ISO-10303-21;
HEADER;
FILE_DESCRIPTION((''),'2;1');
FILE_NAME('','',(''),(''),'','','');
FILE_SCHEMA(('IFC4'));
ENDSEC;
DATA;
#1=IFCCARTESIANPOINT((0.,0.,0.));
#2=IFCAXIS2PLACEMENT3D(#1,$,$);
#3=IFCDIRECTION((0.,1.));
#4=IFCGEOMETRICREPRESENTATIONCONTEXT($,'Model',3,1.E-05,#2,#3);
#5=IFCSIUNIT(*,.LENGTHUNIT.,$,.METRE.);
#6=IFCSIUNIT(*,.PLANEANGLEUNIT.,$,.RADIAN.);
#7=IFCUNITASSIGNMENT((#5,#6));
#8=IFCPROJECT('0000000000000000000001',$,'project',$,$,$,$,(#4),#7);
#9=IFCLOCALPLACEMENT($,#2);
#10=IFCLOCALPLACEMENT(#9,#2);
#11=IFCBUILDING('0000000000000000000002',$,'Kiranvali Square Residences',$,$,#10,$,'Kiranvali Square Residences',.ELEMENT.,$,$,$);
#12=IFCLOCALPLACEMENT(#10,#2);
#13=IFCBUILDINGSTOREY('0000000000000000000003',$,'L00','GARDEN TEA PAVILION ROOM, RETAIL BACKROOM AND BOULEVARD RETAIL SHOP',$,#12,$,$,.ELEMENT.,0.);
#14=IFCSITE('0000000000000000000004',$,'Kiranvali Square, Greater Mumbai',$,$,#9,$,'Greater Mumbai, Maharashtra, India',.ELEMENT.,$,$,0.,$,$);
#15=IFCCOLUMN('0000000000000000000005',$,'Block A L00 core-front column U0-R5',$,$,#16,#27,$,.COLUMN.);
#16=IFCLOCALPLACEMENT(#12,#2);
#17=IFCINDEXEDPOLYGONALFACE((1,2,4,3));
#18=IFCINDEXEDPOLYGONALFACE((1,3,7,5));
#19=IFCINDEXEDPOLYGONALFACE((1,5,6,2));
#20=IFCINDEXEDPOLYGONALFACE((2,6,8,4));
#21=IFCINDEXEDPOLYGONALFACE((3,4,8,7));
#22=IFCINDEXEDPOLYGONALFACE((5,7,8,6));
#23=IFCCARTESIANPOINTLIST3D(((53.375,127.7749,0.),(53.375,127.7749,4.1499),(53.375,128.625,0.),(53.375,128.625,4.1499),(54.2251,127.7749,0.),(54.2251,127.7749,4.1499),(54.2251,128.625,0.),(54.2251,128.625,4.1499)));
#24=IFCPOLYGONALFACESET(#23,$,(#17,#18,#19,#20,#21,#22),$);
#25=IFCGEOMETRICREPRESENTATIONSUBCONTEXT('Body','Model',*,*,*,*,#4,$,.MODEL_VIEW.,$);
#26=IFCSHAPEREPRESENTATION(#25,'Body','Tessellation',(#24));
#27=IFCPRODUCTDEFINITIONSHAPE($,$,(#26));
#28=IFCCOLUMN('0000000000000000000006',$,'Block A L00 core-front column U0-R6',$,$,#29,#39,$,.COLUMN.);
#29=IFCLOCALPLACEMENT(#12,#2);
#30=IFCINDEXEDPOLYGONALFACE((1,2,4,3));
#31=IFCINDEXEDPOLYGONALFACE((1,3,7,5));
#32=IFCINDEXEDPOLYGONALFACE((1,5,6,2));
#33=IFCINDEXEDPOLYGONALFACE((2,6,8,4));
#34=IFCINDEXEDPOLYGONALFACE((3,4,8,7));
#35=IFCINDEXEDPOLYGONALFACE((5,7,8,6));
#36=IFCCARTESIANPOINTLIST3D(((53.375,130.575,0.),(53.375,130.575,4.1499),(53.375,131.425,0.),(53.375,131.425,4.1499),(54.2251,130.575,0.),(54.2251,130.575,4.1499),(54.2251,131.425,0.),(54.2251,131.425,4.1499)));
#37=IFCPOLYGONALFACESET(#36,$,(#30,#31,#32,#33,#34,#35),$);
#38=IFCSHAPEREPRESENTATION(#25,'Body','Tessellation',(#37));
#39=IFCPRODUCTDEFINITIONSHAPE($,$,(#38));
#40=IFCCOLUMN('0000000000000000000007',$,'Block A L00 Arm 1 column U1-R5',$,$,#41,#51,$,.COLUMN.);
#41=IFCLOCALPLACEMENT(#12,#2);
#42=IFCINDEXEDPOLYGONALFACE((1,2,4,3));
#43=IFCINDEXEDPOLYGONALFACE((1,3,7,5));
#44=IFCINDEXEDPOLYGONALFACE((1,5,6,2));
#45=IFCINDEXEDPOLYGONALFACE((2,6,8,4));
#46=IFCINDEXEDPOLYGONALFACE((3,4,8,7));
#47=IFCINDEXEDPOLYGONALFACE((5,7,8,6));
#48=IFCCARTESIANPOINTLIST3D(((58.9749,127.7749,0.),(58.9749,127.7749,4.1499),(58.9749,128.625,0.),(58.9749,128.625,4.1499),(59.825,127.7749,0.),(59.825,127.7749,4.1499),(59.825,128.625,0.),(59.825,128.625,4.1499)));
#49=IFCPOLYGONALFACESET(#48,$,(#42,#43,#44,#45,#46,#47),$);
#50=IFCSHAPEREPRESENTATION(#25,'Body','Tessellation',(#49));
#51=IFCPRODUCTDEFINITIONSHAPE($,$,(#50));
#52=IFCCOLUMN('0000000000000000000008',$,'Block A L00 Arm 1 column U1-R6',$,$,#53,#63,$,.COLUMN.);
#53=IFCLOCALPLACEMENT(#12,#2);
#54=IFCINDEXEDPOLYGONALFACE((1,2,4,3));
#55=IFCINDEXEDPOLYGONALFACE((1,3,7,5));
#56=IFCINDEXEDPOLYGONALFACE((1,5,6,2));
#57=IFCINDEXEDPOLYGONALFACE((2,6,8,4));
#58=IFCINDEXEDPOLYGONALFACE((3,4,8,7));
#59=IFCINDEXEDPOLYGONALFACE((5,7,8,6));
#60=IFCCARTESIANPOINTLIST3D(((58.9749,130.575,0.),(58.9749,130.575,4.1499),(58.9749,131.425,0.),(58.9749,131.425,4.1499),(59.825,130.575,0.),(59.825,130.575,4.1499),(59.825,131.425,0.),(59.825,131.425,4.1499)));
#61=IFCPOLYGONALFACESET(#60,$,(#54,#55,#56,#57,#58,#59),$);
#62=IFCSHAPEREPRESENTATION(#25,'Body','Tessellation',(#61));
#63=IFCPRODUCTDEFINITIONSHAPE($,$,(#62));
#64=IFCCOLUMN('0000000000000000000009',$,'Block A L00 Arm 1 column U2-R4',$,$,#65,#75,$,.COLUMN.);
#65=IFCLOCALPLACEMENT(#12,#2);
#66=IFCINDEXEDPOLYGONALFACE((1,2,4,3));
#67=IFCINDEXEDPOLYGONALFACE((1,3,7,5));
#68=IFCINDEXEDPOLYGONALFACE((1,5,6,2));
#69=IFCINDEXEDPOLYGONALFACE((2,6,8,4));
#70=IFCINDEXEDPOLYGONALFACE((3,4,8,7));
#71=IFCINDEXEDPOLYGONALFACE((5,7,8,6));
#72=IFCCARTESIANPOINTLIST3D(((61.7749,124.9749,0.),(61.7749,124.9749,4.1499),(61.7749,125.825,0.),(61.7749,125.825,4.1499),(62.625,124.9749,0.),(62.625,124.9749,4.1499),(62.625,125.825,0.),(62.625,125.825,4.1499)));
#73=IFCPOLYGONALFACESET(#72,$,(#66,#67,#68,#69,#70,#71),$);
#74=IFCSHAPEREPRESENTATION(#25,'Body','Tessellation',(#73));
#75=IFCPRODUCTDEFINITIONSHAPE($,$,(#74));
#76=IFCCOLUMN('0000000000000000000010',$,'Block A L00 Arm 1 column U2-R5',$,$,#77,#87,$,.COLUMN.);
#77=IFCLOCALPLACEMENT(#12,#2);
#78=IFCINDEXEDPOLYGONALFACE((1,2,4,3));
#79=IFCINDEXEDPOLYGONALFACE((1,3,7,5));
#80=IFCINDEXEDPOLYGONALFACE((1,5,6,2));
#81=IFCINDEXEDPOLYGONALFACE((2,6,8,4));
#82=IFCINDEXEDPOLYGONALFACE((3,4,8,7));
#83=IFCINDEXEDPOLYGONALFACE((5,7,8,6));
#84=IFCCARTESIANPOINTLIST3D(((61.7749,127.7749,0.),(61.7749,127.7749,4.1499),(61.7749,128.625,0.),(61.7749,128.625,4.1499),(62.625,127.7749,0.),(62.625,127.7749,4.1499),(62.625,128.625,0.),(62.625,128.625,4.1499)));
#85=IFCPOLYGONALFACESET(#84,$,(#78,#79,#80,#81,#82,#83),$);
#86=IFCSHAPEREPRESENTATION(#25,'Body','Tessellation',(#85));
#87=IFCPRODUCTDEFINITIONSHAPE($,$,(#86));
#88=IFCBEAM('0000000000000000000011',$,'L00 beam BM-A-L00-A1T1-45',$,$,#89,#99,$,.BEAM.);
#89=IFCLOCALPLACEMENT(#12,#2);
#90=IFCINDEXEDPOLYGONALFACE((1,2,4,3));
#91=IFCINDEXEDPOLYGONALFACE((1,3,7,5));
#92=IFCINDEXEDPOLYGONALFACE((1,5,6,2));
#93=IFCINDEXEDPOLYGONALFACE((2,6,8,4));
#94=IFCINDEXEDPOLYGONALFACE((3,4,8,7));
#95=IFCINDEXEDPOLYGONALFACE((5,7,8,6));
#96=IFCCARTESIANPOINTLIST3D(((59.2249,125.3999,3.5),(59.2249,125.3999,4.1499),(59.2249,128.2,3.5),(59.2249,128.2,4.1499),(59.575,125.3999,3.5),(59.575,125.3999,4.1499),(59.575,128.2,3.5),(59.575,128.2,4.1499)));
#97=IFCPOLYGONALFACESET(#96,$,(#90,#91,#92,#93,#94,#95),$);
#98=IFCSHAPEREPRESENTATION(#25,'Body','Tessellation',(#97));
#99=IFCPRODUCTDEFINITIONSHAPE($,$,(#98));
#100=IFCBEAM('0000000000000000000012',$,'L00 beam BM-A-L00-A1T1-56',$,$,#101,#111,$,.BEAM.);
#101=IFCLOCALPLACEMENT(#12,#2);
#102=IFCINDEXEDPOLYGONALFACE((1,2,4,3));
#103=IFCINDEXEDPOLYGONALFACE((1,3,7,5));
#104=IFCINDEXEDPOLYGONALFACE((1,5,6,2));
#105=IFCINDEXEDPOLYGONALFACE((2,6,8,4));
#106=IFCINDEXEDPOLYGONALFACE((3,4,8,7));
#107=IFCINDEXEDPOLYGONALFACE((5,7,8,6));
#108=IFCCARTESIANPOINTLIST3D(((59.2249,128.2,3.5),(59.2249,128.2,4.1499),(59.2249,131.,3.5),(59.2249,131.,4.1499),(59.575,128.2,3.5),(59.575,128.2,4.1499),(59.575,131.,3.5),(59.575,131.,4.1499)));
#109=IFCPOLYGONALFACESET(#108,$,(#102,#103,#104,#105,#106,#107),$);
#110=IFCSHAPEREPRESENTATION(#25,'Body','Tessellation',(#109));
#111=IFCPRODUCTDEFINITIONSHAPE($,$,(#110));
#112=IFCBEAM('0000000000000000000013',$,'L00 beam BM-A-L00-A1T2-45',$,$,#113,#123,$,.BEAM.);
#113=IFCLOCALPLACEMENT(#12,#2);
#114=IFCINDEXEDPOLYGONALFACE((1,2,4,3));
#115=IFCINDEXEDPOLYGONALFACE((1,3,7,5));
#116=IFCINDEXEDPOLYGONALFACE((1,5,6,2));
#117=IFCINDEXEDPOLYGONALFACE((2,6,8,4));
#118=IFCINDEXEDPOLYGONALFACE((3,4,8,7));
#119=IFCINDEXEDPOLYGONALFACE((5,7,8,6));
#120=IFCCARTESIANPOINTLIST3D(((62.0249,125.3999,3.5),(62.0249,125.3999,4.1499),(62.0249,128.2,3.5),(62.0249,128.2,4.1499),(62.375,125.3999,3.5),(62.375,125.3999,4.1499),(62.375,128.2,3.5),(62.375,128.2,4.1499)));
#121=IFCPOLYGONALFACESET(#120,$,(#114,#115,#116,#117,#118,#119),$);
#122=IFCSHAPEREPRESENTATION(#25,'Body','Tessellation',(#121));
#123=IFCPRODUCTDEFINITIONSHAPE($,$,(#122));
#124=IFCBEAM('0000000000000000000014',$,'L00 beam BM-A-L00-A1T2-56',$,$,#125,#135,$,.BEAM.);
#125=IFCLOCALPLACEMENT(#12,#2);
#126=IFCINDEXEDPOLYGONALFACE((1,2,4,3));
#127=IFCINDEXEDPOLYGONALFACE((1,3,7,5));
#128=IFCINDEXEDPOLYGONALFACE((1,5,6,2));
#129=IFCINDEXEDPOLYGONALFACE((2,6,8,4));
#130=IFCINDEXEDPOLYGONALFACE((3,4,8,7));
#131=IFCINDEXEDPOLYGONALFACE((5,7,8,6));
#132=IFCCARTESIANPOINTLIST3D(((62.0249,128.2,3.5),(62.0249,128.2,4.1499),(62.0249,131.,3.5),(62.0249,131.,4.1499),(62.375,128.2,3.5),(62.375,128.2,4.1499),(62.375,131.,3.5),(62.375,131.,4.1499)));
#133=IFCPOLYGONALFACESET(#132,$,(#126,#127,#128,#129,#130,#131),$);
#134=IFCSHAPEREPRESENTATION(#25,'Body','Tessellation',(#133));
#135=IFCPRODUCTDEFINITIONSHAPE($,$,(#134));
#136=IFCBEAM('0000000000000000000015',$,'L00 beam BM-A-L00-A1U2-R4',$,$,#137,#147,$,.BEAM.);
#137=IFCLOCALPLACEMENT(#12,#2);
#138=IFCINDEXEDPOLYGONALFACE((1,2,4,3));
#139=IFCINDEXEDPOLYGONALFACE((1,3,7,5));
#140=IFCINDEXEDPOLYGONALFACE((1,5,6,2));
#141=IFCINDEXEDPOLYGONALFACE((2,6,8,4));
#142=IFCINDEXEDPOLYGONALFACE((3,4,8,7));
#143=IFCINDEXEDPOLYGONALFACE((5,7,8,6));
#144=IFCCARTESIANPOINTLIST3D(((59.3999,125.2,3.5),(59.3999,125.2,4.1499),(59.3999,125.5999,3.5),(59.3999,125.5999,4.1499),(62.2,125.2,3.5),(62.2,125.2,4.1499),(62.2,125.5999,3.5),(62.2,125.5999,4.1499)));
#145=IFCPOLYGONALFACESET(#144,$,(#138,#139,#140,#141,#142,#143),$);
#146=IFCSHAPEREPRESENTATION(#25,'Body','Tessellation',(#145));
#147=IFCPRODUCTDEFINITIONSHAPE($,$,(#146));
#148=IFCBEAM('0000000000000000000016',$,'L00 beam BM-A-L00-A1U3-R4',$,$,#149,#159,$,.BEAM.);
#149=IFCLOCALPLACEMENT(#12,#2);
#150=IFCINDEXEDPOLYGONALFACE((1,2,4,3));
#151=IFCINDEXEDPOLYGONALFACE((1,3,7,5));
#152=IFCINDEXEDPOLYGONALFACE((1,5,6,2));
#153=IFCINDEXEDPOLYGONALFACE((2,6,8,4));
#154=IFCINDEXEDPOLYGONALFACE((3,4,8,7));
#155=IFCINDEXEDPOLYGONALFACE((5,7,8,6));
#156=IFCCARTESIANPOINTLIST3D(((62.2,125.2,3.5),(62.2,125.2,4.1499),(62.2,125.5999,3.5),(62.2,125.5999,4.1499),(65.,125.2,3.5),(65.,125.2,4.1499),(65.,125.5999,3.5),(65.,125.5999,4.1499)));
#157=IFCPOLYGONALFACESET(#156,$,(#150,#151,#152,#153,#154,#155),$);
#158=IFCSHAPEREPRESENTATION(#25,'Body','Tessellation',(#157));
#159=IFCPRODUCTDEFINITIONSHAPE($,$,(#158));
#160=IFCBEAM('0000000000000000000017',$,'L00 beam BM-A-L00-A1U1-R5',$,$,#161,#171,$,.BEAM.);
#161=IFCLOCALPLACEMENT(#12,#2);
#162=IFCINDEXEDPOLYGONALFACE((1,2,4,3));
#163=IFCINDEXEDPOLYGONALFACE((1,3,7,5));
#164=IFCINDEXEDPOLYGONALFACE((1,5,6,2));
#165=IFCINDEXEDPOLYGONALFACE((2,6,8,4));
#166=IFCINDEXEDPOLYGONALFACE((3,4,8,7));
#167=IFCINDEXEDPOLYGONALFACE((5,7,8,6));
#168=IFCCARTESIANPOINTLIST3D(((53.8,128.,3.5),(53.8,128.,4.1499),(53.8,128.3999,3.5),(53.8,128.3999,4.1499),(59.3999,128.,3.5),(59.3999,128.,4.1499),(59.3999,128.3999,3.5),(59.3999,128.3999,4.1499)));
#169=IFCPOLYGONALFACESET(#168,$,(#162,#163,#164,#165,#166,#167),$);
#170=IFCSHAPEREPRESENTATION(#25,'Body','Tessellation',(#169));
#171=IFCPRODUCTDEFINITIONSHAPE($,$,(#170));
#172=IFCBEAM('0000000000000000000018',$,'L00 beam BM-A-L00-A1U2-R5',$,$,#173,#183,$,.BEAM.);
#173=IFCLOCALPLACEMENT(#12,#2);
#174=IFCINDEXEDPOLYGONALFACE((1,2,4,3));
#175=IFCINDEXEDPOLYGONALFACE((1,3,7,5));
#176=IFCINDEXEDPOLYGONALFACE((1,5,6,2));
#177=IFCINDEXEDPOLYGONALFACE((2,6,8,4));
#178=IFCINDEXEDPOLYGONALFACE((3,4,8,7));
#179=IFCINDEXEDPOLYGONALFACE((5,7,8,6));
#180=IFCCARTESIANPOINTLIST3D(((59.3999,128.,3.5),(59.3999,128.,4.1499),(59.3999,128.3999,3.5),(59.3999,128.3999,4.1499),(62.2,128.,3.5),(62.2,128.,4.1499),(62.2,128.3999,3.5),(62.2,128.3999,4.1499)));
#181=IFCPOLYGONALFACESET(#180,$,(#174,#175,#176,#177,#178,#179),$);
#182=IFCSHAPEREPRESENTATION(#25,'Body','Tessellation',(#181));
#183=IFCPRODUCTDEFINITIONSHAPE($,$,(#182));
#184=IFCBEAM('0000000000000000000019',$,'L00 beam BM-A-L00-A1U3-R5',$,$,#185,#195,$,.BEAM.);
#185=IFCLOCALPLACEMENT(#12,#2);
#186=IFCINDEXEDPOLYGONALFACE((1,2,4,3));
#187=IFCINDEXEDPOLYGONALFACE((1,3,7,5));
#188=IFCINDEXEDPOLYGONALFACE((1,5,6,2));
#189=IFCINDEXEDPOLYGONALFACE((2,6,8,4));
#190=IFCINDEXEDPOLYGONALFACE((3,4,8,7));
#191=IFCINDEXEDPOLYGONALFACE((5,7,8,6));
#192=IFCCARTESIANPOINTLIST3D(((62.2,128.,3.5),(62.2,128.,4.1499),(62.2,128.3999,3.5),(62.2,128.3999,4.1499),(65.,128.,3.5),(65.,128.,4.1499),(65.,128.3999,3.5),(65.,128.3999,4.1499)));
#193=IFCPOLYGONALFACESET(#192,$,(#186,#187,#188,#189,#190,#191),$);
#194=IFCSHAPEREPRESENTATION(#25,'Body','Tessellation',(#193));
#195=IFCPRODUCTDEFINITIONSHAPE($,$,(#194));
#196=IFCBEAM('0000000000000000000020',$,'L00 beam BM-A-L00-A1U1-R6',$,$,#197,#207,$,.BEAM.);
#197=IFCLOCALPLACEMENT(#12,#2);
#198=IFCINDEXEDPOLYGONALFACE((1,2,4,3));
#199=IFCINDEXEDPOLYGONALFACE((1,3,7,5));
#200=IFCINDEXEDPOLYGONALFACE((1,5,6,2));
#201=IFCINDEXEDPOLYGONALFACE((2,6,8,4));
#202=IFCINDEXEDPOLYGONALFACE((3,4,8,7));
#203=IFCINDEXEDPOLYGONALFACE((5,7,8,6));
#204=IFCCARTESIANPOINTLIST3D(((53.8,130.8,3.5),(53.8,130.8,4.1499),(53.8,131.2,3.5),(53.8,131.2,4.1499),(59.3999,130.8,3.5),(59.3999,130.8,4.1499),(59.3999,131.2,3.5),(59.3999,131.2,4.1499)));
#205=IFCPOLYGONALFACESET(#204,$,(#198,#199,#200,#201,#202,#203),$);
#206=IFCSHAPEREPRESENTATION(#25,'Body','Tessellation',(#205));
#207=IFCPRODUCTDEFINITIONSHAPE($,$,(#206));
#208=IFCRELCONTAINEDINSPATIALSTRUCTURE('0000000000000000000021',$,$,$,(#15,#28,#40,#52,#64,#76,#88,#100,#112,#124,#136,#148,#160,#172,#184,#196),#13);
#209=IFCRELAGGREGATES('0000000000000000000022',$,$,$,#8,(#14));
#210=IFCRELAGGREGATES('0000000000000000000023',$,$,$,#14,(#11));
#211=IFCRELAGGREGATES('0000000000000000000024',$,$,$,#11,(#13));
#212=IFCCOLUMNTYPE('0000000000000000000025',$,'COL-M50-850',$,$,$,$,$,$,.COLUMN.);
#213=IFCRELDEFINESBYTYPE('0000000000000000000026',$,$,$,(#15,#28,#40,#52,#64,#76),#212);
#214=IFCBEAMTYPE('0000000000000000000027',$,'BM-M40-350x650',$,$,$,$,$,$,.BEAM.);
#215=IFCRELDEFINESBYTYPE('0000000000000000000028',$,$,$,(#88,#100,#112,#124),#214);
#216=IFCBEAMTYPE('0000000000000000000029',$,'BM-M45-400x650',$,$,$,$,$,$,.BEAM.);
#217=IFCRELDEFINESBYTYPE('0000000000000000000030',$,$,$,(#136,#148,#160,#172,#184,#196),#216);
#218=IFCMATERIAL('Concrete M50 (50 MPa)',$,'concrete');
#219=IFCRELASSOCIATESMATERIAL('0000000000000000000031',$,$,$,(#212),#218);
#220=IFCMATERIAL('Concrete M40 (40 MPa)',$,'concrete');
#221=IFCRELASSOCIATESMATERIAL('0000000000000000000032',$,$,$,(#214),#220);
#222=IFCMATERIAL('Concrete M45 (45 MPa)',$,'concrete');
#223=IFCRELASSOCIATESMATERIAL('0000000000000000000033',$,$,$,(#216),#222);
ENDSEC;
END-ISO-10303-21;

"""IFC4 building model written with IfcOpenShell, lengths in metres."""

from ifc_helpers import new_model, si_unit, direction, frame, origin, origin_2d, place, context, subcontext, project, spatial, rectangle, extrude, material, material_profile, profile_set, type_object, element, save


model = new_model("IFC4")

# Units and contexts
model_context = context("Model", 3, precision=1e-05, world=origin(), true_north=direction((0.0, 1.0)))
body_context = subcontext(model_context, "Body", "Model", "MODEL_VIEW")
ifc_project = project(units=[si_unit("LENGTHUNIT", "METRE"), si_unit("PLANEANGLEUNIT", "RADIAN")], contexts=[model_context])

# Site, building, storey
site_placement = place(None, origin())
site = spatial("IfcSite", under=ifc_project, at=site_placement, Name="Kiranvali Square, Greater Mumbai", LongName="Greater Mumbai, Maharashtra, India", CompositionType="ELEMENT", RefElevation=0.0)
building_placement = place(site_placement, origin())
building = spatial("IfcBuilding", under=site, at=building_placement, Name="Kiranvali Square Residences", LongName="Kiranvali Square Residences", CompositionType="ELEMENT")
storey_placement = place(building_placement, origin())
storey = spatial("IfcBuildingStorey", under=building, at=storey_placement, Name="L00", Description="GARDEN TEA PAVILION ROOM, RETAIL BACKROOM AND BOULEVARD RETAIL SHOP", CompositionType="ELEMENT", Elevation=0.0)

# Columns
ifc_material_1 = material(Name="Concrete M50 (50 MPa)", Category="concrete")
ifc_material_profile_1 = material_profile(ifc_material_1, rectangle(XDim=0.8501, YDim=0.8501, at=origin_2d()), Name="RC 850x850")
ifc_profile_set_1 = profile_set([ifc_material_profile_1], Name="Concrete M50 (50 MPa)")
column_type = type_object("IfcColumnType", Name="COL-M50-850", PredefinedType="COLUMN", material=ifc_profile_set_1)
for number, where, z_axis, x_axis, name in (
    (1, (53.8, 128.2, 0.0), (0.0, 0.0, 1.0), (1.0, 0.0, 0.0), "Block A L00 core-front column U0-R5"),
    (2, (53.8, 131.0, 0.0), (0.0, 0.0, 1.0), (1.0, 0.0, 0.0), "Block A L00 core-front column U0-R6"),
    (3, (59.3999, 128.2, 0.0), (0.0, 0.0, 1.0), (1.0, 0.0, 0.0), "Block A L00 Arm 1 column U1-R5"),
    (4, (59.3999, 131.0, 0.0), (0.0, 0.0, 1.0), (1.0, 0.0, 0.0), "Block A L00 Arm 1 column U1-R6"),
    (5, (62.2, 125.3999, 0.0), (0.0, 0.0, 1.0), (1.0, 0.0, 0.0), "Block A L00 Arm 1 column U2-R4"),
    (6, (62.2, 128.2, 0.0), (0.0, 0.0, 1.0), (1.0, 0.0, 0.0), "Block A L00 Arm 1 column U2-R5"),
):
    element("IfcColumn", number, at=place(storey_placement, frame(where, z_axis=z_axis, x_axis=x_axis)), inside=storey, type_object=column_type, Name=name, PredefinedType="COLUMN", context=body_context, shape_type="SweptSolid", body=[
        extrude(rectangle(XDim=0.8501, YDim=0.8501, at=origin_2d()), origin(), (0.0, 0.0, 1.0), 4.1499),
    ])

# Beams
ifc_material_2 = material(Name="Concrete M40 (40 MPa)", Category="concrete")
ifc_material_profile_2 = material_profile(ifc_material_2, rectangle(XDim=0.3501, YDim=0.6499, at=origin_2d()), Name="RC 350x650")
ifc_profile_set_2 = profile_set([ifc_material_profile_2], Name="Concrete M40 (40 MPa)")
beam_type_1 = type_object("IfcBeamType", Name="BM-M40-350x650", PredefinedType="BEAM", material=ifc_profile_set_2)
for number, where, z_axis, x_axis, name in (
    (7, (59.3999, 125.3999, 3.825), (0.0, 1.0, 0.0), (-1.0, 0.0, 0.0), "L00 beam BM-A-L00-A1T1-45"),
    (8, (59.3999, 128.2, 3.825), (0.0, 1.0, 0.0), (-1.0, 0.0, 0.0), "L00 beam BM-A-L00-A1T1-56"),
    (9, (62.2, 125.3999, 3.825), (0.0, 1.0, 0.0), (-1.0, 0.0, 0.0), "L00 beam BM-A-L00-A1T2-45"),
    (10, (62.2, 128.2, 3.825), (0.0, 1.0, 0.0), (-1.0, 0.0, 0.0), "L00 beam BM-A-L00-A1T2-56"),
):
    element("IfcBeam", number, at=place(storey_placement, frame(where, z_axis=z_axis, x_axis=x_axis)), inside=storey, type_object=beam_type_1, Name=name, PredefinedType="BEAM", context=body_context, shape_type="SweptSolid", body=[
        extrude(rectangle(XDim=0.3501, YDim=0.6499, at=origin_2d()), origin(), (0.0, 0.0, 1.0), 2.8),
    ])
ifc_material_3 = material(Name="Concrete M45 (45 MPa)", Category="concrete")
ifc_material_profile_3 = material_profile(ifc_material_3, rectangle(XDim=0.3999, YDim=0.6499, at=origin_2d()), Name="RC 400x650")
ifc_profile_set_3 = profile_set([ifc_material_profile_3], Name="Concrete M45 (45 MPa)")
beam_type_2 = type_object("IfcBeamType", Name="BM-M45-400x650", PredefinedType="BEAM", material=ifc_profile_set_3)
for number, where, z_axis, x_axis, name in (
    (11, (59.3999, 125.3999, 3.825), (1.0, 0.0, 0.0), (0.0, 1.0, 0.0), "L00 beam BM-A-L00-A1U2-R4"),
    (12, (62.2, 125.3999, 3.825), (1.0, 0.0, 0.0), (0.0, 1.0, 0.0), "L00 beam BM-A-L00-A1U3-R4"),
):
    element("IfcBeam", number, at=place(storey_placement, frame(where, z_axis=z_axis, x_axis=x_axis)), inside=storey, type_object=beam_type_2, Name=name, PredefinedType="BEAM", context=body_context, shape_type="SweptSolid", body=[
        extrude(rectangle(XDim=0.3999, YDim=0.6499, at=origin_2d()), origin(), (0.0, 0.0, 1.0), 2.8),
    ])
beam_1_placement = place(storey_placement, frame((53.8, 128.2, 3.825), z_axis=(1.0, 0.0, 0.0), x_axis=(0.0, 1.0, 0.0)))
element("IfcBeam", 13, at=beam_1_placement, inside=storey, type_object=beam_type_2, Name="L00 beam BM-A-L00-A1U1-R5", PredefinedType="BEAM", context=body_context, shape_type="SweptSolid", body=[
    extrude(rectangle(XDim=0.3999, YDim=0.6499, at=origin_2d()), origin(), (0.0, 0.0, 1.0), 5.5999),
])
for number, where, z_axis, x_axis, name in (
    (14, (59.3999, 128.2, 3.825), (1.0, 0.0, 0.0), (0.0, 1.0, 0.0), "L00 beam BM-A-L00-A1U2-R5"),
    (15, (62.2, 128.2, 3.825), (1.0, 0.0, 0.0), (0.0, 1.0, 0.0), "L00 beam BM-A-L00-A1U3-R5"),
):
    element("IfcBeam", number, at=place(storey_placement, frame(where, z_axis=z_axis, x_axis=x_axis)), inside=storey, type_object=beam_type_2, Name=name, PredefinedType="BEAM", context=body_context, shape_type="SweptSolid", body=[
        extrude(rectangle(XDim=0.3999, YDim=0.6499, at=origin_2d()), origin(), (0.0, 0.0, 1.0), 2.8),
    ])
beam_2_placement = place(storey_placement, frame((53.8, 131.0, 3.825), z_axis=(1.0, 0.0, 0.0), x_axis=(0.0, 1.0, 0.0)))
element("IfcBeam", 16, at=beam_2_placement, inside=storey, type_object=beam_type_2, Name="L00 beam BM-A-L00-A1U1-R6", PredefinedType="BEAM", context=body_context, shape_type="SweptSolid", body=[
    extrude(rectangle(XDim=0.3999, YDim=0.6499, at=origin_2d()), origin(), (0.0, 0.0, 1.0), 5.5999),
])

save(model, "model.ifc")
